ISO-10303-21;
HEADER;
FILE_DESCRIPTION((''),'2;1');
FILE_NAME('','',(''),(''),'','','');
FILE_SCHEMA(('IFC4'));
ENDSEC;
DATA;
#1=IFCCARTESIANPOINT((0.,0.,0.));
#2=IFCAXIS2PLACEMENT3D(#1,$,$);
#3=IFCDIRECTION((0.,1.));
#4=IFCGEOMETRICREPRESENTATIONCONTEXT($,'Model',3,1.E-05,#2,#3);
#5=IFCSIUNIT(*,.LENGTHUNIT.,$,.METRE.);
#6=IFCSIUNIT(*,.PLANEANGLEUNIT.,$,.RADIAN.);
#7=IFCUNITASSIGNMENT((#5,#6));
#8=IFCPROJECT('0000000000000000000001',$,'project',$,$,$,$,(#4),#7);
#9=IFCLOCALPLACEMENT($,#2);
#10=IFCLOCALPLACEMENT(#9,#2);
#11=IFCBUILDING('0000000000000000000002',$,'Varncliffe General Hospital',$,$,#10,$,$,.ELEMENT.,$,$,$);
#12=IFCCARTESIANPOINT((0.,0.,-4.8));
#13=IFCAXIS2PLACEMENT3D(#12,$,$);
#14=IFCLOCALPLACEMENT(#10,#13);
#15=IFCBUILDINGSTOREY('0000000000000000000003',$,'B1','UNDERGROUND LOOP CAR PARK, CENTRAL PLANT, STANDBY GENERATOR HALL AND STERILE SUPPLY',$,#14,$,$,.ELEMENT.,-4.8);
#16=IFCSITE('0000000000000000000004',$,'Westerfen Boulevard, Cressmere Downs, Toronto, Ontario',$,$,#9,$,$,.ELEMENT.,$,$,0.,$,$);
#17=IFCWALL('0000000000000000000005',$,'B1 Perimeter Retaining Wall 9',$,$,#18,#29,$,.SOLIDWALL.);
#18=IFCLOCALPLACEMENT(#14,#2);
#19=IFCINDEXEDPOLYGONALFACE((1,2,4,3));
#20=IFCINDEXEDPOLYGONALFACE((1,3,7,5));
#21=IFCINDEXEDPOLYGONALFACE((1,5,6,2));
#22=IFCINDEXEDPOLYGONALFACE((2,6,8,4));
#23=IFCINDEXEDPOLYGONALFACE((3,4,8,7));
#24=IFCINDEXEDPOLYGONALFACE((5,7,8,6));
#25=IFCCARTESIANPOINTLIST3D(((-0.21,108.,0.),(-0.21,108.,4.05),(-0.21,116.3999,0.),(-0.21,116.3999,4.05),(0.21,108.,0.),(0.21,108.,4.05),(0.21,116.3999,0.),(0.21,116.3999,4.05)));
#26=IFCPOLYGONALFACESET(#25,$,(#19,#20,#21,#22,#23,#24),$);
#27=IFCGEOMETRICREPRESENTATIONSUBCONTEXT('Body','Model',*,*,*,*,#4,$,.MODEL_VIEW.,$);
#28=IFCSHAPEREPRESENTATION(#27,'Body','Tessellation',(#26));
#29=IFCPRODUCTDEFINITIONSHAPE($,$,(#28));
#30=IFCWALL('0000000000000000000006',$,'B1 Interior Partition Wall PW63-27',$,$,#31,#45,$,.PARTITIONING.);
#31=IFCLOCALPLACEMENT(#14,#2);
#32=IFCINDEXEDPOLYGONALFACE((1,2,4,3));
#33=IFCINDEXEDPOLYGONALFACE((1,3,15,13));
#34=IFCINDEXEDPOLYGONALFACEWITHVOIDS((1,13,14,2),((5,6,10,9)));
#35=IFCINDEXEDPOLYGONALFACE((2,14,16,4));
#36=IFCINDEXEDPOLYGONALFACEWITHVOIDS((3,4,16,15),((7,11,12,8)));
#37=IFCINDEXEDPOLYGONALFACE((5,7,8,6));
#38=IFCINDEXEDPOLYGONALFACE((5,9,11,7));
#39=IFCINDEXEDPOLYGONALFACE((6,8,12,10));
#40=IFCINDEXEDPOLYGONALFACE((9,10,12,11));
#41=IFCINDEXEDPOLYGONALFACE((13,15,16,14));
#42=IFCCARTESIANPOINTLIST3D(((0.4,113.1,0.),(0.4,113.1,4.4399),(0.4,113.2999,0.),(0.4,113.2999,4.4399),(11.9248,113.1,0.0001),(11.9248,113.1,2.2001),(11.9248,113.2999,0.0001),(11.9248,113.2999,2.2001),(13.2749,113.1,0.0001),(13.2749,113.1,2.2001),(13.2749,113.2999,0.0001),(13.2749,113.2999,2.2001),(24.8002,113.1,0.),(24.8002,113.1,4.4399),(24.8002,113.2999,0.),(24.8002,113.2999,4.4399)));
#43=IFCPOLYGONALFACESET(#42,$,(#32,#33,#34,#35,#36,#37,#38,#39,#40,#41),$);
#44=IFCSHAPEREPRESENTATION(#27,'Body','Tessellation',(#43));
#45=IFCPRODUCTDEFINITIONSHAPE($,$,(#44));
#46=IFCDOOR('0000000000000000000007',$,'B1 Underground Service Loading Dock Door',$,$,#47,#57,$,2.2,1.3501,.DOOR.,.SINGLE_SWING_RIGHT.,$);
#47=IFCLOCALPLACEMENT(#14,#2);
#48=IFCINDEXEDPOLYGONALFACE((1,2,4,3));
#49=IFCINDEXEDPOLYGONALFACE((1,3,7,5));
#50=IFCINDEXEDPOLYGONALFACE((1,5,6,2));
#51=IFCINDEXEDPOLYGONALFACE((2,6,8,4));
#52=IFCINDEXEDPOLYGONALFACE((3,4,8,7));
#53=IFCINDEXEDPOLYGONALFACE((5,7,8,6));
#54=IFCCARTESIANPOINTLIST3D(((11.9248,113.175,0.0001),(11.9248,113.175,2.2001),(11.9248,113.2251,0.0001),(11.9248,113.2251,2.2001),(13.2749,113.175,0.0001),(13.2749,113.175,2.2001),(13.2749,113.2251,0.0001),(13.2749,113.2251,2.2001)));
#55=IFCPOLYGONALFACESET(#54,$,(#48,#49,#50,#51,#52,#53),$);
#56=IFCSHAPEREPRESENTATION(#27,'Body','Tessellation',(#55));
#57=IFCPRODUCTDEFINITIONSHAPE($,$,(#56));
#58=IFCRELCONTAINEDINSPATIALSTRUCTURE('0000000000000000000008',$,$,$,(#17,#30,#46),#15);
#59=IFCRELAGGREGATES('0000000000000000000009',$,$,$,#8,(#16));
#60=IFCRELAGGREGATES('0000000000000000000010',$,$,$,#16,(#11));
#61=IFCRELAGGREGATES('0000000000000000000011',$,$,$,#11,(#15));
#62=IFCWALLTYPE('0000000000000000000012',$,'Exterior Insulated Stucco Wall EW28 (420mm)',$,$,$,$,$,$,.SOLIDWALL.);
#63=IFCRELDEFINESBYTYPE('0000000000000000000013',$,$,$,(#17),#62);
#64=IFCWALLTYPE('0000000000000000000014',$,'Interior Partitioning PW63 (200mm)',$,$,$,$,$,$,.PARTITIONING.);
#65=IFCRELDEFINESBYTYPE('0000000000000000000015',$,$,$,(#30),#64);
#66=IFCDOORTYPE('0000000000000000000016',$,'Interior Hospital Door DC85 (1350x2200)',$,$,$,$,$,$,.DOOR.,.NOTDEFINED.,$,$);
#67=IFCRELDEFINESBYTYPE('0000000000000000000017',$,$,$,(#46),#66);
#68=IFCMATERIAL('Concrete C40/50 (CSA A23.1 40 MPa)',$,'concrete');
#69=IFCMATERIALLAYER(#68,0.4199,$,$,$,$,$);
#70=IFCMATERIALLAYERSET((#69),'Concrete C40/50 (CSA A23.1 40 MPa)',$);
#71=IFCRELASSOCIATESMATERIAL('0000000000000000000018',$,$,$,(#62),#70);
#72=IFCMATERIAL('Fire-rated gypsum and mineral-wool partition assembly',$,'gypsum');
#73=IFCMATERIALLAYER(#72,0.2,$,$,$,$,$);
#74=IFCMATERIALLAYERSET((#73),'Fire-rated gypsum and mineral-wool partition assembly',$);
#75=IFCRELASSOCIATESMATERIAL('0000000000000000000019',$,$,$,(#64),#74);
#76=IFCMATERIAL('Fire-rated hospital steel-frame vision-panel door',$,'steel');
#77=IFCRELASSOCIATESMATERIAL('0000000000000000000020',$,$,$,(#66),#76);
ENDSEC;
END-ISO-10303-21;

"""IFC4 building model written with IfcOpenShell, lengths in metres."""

from ifc_helpers import new_model, si_unit, direction, frame, frame_2d, origin, place, context, subcontext, project, spatial, rectangle, extrude, material, layer, layer_set, type_object, element, fill, save


model = new_model("IFC4")

# Units and contexts
model_context = context("Model", 3, precision=1e-05, world=origin(), true_north=direction((0.0, 1.0)))
body_context = subcontext(model_context, "Body", "Model", "MODEL_VIEW")
ifc_project = project(units=[si_unit("LENGTHUNIT", "METRE"), si_unit("PLANEANGLEUNIT", "RADIAN")], contexts=[model_context])

# Site, building, storey
site_placement = place(None, origin())
site = spatial("IfcSite", under=ifc_project, at=site_placement, Name="Westerfen Boulevard, Cressmere Downs, Toronto, Ontario", CompositionType="ELEMENT", RefElevation=0.0)
building_placement = place(site_placement, origin())
building = spatial("IfcBuilding", under=site, at=building_placement, Name="Varncliffe General Hospital", CompositionType="ELEMENT")
storey_placement = place(building_placement, frame((0.0, 0.0, -4.8)))
storey = spatial("IfcBuildingStorey", under=building, at=storey_placement, Name="B1", Description="UNDERGROUND LOOP CAR PARK, CENTRAL PLANT, STANDBY GENERATOR HALL AND STERILE SUPPLY", CompositionType="ELEMENT", Elevation=-4.8)

# Shared definitions
ifc_material_1 = material(Name="Concrete C40/50 (CSA A23.1 40 MPa)", Category="concrete")

# Wall
ifc_layer_1 = layer(ifc_material_1, 0.4199)
ifc_layer_set_1 = layer_set([ifc_layer_1], Name="Concrete C40/50 (CSA A23.1 40 MPa)")
wall_type_1 = type_object("IfcWallType", Name="Exterior Insulated Stucco Wall EW28 (420mm)", PredefinedType="SOLIDWALL", material=ifc_layer_set_1)
wall_1_placement = place(storey_placement, frame((0.0, 108.0, 0.0), z_axis=(0.0, 0.0, 1.0), x_axis=(0.0, 1.0, 0.0)))
element("IfcWall", 1, at=wall_1_placement, inside=storey, type_object=wall_type_1, Name="B1 Perimeter Retaining Wall 9", PredefinedType="SOLIDWALL", context=body_context, shape_type="SweptSolid", body=[
    extrude(rectangle(XDim=8.3999, YDim=0.4199, at=frame_2d((4.2, 0.0))), origin(), (0.0, 0.0, 1.0), 4.05),
])

# Wall, opening, door
ifc_material_2 = material(Name="Fire-rated gypsum and mineral-wool partition assembly", Category="gypsum")
ifc_layer_2 = layer(ifc_material_2, 0.2)
ifc_layer_set_2 = layer_set([ifc_layer_2], Name="Fire-rated gypsum and mineral-wool partition assembly")
wall_type_2 = type_object("IfcWallType", Name="Interior Partitioning PW63 (200mm)", PredefinedType="PARTITIONING", material=ifc_layer_set_2)
wall_2_placement = place(storey_placement, frame((0.3999, 113.2, 0.0), z_axis=(0.0, 0.0, 1.0), x_axis=(1.0, 0.0, 0.0)))
wall_2 = element("IfcWall", 2, at=wall_2_placement, inside=storey, type_object=wall_type_2, Name="B1 Interior Partition Wall PW63-27", PredefinedType="PARTITIONING", context=body_context, shape_type="SweptSolid", body=[
    extrude(rectangle(XDim=24.4001, YDim=0.2, at=frame_2d((12.2002, 0.0))), origin(), (0.0, 0.0, 1.0), 4.4399),
])
opening_placement = place(wall_2_placement, frame((11.5249, 0.0, 0.0)))
opening = element("IfcOpeningElement", 3, at=opening_placement, cuts=wall_2, PredefinedType="OPENING", context=body_context, shape_type="SweptSolid", body=[
    extrude(rectangle(XDim=1.3501, YDim=2.2, at=frame_2d((0.675, 1.1001))), frame((0.0, 0.1099, 0.0), z_axis=(0.0, -1.0, 0.0), x_axis=(1.0, 0.0, 0.0)), (0.0, 0.0, 1.0), 0.22),
])
ifc_material_3 = material(Name="Fire-rated hospital steel-frame vision-panel door", Category="steel")
door_type = type_object("IfcDoorType", Name="Interior Hospital Door DC85 (1350x2200)", OperationType="NOTDEFINED", PredefinedType="DOOR", material=ifc_material_3)
door_placement = place(opening_placement, frame((1.3501, 0.0, 0.0), z_axis=(0.0, 0.0, 1.0), x_axis=(-1.0, 0.0, 0.0)))
door = element("IfcDoor", 4, at=door_placement, inside=storey, type_object=door_type, Name="B1 Underground Service Loading Dock Door", OperationType="SINGLE_SWING_RIGHT", OverallHeight=2.2, OverallWidth=1.3501, PredefinedType="DOOR", context=body_context, shape_type="SweptSolid", body=[
    extrude(rectangle(XDim=1.3501, YDim=2.2, at=frame_2d((0.675, 1.1001))), frame((0.0, 0.0249, 0.0), z_axis=(0.0, -1.0, 0.0), x_axis=(1.0, 0.0, 0.0)), (0.0, 0.0, 1.0), 0.05),
])
fill(opening, door)

save(model, "model.ifc")
